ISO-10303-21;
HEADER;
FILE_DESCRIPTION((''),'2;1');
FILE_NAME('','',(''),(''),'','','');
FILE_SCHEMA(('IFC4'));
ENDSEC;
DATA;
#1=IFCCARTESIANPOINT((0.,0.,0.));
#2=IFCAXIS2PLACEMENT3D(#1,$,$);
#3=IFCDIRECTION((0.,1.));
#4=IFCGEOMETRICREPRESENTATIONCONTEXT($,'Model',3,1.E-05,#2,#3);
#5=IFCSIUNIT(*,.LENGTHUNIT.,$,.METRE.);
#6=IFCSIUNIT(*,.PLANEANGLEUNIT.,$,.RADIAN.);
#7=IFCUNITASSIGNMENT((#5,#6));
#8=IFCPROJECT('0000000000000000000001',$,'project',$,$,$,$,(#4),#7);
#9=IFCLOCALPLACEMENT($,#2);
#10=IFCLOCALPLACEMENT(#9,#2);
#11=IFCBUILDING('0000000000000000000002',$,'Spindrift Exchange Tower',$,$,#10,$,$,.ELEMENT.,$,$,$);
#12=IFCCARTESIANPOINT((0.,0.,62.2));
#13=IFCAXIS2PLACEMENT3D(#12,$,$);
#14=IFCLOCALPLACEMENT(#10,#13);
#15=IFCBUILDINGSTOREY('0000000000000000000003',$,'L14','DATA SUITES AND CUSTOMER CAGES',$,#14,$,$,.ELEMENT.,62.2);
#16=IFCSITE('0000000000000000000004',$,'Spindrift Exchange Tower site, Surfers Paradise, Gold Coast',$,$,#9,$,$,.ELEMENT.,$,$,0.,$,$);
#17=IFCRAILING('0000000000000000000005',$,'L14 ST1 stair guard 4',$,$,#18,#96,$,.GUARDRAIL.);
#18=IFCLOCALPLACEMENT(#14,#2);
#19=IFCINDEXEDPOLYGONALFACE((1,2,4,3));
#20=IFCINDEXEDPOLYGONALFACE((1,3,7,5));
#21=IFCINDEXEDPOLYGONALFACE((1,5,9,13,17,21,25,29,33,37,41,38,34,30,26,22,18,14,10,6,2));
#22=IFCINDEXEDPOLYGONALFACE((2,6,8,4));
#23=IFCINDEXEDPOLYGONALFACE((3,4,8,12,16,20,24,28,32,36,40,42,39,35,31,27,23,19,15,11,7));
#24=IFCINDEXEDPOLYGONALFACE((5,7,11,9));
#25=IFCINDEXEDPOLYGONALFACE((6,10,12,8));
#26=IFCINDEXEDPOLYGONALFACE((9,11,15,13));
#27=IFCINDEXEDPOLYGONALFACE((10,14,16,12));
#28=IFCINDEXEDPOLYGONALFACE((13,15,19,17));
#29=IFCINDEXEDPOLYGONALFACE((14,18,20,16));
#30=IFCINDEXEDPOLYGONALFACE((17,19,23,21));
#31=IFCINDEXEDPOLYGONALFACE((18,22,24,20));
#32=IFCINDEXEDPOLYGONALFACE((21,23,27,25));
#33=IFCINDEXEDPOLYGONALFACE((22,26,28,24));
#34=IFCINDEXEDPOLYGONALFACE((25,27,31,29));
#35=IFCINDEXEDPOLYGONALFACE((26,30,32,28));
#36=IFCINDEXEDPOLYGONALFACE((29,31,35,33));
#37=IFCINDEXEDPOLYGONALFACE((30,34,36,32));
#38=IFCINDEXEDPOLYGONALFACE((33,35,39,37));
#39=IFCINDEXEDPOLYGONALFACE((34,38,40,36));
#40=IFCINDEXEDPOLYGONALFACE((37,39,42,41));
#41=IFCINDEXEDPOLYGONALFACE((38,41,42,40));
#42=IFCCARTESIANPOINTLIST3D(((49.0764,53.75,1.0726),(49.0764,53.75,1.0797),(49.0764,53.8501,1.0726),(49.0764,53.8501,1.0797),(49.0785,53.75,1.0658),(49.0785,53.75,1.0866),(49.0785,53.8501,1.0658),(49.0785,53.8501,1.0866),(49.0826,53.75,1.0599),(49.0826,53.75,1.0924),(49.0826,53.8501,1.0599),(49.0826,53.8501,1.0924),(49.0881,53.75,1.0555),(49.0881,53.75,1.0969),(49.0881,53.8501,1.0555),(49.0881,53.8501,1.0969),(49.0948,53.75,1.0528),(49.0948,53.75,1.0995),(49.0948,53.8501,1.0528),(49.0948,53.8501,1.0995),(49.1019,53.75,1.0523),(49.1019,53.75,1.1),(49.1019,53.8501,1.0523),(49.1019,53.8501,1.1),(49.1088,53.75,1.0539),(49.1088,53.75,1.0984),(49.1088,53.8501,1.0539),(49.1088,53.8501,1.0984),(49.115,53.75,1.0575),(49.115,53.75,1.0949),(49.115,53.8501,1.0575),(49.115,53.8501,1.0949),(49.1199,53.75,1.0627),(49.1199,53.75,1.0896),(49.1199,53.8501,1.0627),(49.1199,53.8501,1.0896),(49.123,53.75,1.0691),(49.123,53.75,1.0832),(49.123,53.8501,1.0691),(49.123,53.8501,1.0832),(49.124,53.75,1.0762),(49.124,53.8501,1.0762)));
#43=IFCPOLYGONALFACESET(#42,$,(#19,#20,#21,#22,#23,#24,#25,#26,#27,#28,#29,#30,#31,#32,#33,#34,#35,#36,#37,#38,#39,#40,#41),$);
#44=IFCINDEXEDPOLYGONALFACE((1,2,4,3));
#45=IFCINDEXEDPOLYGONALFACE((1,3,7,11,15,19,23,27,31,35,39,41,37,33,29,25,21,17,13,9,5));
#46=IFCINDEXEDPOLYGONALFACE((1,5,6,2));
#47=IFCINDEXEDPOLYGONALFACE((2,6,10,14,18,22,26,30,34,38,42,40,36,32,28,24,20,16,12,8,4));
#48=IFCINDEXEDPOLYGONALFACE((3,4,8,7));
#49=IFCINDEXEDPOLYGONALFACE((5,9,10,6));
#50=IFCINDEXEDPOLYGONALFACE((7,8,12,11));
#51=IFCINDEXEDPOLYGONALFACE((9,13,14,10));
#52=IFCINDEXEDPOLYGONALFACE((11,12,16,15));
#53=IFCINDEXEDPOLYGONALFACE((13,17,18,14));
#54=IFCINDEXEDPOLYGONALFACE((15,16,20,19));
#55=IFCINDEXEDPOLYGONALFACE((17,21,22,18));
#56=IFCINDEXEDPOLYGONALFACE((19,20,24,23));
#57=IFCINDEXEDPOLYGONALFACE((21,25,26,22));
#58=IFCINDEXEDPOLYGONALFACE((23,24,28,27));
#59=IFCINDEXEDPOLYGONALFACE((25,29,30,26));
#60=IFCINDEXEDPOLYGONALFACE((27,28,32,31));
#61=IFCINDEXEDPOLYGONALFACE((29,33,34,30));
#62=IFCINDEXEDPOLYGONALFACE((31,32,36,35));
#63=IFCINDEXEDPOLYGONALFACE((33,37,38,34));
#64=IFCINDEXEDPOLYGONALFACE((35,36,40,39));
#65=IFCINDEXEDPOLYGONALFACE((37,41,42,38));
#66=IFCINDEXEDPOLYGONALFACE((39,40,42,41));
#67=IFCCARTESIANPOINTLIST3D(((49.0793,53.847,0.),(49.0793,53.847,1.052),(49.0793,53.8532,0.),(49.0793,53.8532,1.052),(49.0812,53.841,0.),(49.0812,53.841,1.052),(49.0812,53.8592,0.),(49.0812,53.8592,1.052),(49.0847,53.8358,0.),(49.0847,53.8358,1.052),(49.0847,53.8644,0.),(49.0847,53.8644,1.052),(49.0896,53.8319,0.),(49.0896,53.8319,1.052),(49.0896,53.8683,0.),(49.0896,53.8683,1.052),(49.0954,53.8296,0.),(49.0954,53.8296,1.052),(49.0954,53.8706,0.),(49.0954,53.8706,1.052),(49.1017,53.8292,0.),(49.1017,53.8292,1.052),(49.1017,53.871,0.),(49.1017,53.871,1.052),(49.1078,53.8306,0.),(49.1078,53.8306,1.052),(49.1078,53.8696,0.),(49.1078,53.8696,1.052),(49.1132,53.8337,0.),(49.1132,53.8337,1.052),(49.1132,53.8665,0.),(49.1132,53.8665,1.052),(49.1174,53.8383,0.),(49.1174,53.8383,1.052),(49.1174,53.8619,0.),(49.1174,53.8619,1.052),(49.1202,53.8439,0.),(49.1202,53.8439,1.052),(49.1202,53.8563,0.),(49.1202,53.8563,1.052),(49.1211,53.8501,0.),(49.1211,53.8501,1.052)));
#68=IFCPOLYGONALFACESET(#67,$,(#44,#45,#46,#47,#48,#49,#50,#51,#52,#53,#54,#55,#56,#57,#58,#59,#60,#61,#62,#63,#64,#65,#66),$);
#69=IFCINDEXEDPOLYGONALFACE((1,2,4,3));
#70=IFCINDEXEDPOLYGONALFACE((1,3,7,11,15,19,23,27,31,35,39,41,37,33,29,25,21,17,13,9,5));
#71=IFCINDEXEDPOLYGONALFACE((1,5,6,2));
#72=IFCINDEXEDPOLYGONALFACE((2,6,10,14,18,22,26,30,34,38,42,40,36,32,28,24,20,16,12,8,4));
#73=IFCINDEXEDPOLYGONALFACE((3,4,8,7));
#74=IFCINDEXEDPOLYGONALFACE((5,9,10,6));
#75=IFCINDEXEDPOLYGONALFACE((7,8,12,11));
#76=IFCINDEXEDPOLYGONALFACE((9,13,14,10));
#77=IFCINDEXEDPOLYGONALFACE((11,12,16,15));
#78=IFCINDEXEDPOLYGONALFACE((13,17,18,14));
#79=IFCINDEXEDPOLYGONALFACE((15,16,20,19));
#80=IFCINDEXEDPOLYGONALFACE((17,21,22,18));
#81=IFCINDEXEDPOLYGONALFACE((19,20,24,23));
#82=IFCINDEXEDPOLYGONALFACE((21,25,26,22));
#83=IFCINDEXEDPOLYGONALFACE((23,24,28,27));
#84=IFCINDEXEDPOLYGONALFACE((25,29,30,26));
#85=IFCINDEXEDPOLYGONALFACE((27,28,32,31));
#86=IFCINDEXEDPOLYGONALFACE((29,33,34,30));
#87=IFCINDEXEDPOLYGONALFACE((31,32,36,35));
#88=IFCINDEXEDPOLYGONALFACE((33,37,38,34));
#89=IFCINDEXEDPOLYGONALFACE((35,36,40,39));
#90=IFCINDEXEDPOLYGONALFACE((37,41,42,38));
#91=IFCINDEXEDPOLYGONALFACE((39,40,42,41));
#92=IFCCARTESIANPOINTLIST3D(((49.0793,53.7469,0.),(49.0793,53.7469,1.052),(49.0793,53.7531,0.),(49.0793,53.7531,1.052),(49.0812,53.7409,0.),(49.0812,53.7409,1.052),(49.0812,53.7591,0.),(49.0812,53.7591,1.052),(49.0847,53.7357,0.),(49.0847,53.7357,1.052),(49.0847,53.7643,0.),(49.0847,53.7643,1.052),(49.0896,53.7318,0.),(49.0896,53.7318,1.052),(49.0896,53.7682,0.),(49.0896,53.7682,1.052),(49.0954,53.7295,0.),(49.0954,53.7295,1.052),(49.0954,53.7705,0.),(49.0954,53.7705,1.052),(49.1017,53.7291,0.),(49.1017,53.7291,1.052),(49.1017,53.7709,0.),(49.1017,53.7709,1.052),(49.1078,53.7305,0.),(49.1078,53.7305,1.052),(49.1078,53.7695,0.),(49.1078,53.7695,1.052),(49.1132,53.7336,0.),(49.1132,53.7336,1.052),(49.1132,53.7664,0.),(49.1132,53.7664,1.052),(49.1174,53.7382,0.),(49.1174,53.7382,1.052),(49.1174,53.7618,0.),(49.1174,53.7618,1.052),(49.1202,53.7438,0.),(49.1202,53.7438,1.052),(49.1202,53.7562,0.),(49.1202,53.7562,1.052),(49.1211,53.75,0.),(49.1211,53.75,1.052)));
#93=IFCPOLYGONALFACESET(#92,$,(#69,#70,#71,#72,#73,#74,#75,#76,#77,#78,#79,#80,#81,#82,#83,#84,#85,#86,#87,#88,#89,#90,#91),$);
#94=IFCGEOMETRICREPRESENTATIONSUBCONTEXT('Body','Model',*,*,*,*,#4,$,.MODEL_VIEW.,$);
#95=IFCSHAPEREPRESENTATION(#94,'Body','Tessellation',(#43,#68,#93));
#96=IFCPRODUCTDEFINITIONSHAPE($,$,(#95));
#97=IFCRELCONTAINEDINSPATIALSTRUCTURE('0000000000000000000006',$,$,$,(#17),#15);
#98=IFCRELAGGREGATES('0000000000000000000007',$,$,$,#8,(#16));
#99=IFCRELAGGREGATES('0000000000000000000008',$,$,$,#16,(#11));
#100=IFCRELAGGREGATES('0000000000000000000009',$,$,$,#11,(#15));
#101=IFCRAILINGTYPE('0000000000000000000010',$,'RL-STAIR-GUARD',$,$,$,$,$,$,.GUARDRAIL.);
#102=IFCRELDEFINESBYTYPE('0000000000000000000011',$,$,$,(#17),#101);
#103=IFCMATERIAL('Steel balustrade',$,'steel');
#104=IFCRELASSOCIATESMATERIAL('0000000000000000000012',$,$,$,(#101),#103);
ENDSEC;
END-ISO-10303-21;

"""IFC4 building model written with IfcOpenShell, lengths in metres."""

from ifc_helpers import new_model, si_unit, direction, frame, origin, origin_2d, place, context, subcontext, project, spatial, circle, extrude, material, type_object, element, save


model = new_model("IFC4")

# Units and contexts
model_context = context("Model", 3, precision=1e-05, world=origin(), true_north=direction((0.0, 1.0)))
body_context = subcontext(model_context, "Body", "Model", "MODEL_VIEW")
ifc_project = project(units=[si_unit("LENGTHUNIT", "METRE"), si_unit("PLANEANGLEUNIT", "RADIAN")], contexts=[model_context])

# Site, building, storey
site_placement = place(None, origin())
site = spatial("IfcSite", under=ifc_project, at=site_placement, Name="Spindrift Exchange Tower site, Surfers Paradise, Gold Coast", CompositionType="ELEMENT", RefElevation=0.0)
building_placement = place(site_placement, origin())
building = spatial("IfcBuilding", under=site, at=building_placement, Name="Spindrift Exchange Tower", CompositionType="ELEMENT")
storey_placement = place(building_placement, frame((0.0, 0.0, 62.2)))
storey = spatial("IfcBuildingStorey", under=building, at=storey_placement, Name="L14", Description="DATA SUITES AND CUSTOMER CAGES", CompositionType="ELEMENT", Elevation=62.2)

# Railing
ifc_material_1 = material(Name="Steel balustrade", Category="steel")
railing_type_1 = type_object("IfcRailingType", Name="RL-STAIR-GUARD", PredefinedType="GUARDRAIL", material=ifc_material_1)
railing_1_placement = place(storey_placement, frame((49.1001, 53.8501, 0.0)))
element("IfcRailing", 1, at=railing_1_placement, inside=storey, type_object=railing_type_1, Name="L14 ST1 stair guard 4", PredefinedType="GUARDRAIL", context=body_context, shape_type="SweptSolid", body=[
    extrude(circle(Radius=0.0239, at=origin_2d()), frame((0.0, 0.0, 1.0762), z_axis=(0.0, -1.0, 0.0), x_axis=(1.0, 0.0, 0.0)), (0.0, 0.0, 1.0), 0.1001),
    extrude(circle(Radius=0.021, at=origin_2d()), origin(), (0.0, 0.0, 1.0), 1.052),
    extrude(circle(Radius=0.021, at=origin_2d()), frame((0.0, -0.1001, 0.0)), (0.0, 0.0, 1.0), 1.052),
])

save(model, "model.ifc")
